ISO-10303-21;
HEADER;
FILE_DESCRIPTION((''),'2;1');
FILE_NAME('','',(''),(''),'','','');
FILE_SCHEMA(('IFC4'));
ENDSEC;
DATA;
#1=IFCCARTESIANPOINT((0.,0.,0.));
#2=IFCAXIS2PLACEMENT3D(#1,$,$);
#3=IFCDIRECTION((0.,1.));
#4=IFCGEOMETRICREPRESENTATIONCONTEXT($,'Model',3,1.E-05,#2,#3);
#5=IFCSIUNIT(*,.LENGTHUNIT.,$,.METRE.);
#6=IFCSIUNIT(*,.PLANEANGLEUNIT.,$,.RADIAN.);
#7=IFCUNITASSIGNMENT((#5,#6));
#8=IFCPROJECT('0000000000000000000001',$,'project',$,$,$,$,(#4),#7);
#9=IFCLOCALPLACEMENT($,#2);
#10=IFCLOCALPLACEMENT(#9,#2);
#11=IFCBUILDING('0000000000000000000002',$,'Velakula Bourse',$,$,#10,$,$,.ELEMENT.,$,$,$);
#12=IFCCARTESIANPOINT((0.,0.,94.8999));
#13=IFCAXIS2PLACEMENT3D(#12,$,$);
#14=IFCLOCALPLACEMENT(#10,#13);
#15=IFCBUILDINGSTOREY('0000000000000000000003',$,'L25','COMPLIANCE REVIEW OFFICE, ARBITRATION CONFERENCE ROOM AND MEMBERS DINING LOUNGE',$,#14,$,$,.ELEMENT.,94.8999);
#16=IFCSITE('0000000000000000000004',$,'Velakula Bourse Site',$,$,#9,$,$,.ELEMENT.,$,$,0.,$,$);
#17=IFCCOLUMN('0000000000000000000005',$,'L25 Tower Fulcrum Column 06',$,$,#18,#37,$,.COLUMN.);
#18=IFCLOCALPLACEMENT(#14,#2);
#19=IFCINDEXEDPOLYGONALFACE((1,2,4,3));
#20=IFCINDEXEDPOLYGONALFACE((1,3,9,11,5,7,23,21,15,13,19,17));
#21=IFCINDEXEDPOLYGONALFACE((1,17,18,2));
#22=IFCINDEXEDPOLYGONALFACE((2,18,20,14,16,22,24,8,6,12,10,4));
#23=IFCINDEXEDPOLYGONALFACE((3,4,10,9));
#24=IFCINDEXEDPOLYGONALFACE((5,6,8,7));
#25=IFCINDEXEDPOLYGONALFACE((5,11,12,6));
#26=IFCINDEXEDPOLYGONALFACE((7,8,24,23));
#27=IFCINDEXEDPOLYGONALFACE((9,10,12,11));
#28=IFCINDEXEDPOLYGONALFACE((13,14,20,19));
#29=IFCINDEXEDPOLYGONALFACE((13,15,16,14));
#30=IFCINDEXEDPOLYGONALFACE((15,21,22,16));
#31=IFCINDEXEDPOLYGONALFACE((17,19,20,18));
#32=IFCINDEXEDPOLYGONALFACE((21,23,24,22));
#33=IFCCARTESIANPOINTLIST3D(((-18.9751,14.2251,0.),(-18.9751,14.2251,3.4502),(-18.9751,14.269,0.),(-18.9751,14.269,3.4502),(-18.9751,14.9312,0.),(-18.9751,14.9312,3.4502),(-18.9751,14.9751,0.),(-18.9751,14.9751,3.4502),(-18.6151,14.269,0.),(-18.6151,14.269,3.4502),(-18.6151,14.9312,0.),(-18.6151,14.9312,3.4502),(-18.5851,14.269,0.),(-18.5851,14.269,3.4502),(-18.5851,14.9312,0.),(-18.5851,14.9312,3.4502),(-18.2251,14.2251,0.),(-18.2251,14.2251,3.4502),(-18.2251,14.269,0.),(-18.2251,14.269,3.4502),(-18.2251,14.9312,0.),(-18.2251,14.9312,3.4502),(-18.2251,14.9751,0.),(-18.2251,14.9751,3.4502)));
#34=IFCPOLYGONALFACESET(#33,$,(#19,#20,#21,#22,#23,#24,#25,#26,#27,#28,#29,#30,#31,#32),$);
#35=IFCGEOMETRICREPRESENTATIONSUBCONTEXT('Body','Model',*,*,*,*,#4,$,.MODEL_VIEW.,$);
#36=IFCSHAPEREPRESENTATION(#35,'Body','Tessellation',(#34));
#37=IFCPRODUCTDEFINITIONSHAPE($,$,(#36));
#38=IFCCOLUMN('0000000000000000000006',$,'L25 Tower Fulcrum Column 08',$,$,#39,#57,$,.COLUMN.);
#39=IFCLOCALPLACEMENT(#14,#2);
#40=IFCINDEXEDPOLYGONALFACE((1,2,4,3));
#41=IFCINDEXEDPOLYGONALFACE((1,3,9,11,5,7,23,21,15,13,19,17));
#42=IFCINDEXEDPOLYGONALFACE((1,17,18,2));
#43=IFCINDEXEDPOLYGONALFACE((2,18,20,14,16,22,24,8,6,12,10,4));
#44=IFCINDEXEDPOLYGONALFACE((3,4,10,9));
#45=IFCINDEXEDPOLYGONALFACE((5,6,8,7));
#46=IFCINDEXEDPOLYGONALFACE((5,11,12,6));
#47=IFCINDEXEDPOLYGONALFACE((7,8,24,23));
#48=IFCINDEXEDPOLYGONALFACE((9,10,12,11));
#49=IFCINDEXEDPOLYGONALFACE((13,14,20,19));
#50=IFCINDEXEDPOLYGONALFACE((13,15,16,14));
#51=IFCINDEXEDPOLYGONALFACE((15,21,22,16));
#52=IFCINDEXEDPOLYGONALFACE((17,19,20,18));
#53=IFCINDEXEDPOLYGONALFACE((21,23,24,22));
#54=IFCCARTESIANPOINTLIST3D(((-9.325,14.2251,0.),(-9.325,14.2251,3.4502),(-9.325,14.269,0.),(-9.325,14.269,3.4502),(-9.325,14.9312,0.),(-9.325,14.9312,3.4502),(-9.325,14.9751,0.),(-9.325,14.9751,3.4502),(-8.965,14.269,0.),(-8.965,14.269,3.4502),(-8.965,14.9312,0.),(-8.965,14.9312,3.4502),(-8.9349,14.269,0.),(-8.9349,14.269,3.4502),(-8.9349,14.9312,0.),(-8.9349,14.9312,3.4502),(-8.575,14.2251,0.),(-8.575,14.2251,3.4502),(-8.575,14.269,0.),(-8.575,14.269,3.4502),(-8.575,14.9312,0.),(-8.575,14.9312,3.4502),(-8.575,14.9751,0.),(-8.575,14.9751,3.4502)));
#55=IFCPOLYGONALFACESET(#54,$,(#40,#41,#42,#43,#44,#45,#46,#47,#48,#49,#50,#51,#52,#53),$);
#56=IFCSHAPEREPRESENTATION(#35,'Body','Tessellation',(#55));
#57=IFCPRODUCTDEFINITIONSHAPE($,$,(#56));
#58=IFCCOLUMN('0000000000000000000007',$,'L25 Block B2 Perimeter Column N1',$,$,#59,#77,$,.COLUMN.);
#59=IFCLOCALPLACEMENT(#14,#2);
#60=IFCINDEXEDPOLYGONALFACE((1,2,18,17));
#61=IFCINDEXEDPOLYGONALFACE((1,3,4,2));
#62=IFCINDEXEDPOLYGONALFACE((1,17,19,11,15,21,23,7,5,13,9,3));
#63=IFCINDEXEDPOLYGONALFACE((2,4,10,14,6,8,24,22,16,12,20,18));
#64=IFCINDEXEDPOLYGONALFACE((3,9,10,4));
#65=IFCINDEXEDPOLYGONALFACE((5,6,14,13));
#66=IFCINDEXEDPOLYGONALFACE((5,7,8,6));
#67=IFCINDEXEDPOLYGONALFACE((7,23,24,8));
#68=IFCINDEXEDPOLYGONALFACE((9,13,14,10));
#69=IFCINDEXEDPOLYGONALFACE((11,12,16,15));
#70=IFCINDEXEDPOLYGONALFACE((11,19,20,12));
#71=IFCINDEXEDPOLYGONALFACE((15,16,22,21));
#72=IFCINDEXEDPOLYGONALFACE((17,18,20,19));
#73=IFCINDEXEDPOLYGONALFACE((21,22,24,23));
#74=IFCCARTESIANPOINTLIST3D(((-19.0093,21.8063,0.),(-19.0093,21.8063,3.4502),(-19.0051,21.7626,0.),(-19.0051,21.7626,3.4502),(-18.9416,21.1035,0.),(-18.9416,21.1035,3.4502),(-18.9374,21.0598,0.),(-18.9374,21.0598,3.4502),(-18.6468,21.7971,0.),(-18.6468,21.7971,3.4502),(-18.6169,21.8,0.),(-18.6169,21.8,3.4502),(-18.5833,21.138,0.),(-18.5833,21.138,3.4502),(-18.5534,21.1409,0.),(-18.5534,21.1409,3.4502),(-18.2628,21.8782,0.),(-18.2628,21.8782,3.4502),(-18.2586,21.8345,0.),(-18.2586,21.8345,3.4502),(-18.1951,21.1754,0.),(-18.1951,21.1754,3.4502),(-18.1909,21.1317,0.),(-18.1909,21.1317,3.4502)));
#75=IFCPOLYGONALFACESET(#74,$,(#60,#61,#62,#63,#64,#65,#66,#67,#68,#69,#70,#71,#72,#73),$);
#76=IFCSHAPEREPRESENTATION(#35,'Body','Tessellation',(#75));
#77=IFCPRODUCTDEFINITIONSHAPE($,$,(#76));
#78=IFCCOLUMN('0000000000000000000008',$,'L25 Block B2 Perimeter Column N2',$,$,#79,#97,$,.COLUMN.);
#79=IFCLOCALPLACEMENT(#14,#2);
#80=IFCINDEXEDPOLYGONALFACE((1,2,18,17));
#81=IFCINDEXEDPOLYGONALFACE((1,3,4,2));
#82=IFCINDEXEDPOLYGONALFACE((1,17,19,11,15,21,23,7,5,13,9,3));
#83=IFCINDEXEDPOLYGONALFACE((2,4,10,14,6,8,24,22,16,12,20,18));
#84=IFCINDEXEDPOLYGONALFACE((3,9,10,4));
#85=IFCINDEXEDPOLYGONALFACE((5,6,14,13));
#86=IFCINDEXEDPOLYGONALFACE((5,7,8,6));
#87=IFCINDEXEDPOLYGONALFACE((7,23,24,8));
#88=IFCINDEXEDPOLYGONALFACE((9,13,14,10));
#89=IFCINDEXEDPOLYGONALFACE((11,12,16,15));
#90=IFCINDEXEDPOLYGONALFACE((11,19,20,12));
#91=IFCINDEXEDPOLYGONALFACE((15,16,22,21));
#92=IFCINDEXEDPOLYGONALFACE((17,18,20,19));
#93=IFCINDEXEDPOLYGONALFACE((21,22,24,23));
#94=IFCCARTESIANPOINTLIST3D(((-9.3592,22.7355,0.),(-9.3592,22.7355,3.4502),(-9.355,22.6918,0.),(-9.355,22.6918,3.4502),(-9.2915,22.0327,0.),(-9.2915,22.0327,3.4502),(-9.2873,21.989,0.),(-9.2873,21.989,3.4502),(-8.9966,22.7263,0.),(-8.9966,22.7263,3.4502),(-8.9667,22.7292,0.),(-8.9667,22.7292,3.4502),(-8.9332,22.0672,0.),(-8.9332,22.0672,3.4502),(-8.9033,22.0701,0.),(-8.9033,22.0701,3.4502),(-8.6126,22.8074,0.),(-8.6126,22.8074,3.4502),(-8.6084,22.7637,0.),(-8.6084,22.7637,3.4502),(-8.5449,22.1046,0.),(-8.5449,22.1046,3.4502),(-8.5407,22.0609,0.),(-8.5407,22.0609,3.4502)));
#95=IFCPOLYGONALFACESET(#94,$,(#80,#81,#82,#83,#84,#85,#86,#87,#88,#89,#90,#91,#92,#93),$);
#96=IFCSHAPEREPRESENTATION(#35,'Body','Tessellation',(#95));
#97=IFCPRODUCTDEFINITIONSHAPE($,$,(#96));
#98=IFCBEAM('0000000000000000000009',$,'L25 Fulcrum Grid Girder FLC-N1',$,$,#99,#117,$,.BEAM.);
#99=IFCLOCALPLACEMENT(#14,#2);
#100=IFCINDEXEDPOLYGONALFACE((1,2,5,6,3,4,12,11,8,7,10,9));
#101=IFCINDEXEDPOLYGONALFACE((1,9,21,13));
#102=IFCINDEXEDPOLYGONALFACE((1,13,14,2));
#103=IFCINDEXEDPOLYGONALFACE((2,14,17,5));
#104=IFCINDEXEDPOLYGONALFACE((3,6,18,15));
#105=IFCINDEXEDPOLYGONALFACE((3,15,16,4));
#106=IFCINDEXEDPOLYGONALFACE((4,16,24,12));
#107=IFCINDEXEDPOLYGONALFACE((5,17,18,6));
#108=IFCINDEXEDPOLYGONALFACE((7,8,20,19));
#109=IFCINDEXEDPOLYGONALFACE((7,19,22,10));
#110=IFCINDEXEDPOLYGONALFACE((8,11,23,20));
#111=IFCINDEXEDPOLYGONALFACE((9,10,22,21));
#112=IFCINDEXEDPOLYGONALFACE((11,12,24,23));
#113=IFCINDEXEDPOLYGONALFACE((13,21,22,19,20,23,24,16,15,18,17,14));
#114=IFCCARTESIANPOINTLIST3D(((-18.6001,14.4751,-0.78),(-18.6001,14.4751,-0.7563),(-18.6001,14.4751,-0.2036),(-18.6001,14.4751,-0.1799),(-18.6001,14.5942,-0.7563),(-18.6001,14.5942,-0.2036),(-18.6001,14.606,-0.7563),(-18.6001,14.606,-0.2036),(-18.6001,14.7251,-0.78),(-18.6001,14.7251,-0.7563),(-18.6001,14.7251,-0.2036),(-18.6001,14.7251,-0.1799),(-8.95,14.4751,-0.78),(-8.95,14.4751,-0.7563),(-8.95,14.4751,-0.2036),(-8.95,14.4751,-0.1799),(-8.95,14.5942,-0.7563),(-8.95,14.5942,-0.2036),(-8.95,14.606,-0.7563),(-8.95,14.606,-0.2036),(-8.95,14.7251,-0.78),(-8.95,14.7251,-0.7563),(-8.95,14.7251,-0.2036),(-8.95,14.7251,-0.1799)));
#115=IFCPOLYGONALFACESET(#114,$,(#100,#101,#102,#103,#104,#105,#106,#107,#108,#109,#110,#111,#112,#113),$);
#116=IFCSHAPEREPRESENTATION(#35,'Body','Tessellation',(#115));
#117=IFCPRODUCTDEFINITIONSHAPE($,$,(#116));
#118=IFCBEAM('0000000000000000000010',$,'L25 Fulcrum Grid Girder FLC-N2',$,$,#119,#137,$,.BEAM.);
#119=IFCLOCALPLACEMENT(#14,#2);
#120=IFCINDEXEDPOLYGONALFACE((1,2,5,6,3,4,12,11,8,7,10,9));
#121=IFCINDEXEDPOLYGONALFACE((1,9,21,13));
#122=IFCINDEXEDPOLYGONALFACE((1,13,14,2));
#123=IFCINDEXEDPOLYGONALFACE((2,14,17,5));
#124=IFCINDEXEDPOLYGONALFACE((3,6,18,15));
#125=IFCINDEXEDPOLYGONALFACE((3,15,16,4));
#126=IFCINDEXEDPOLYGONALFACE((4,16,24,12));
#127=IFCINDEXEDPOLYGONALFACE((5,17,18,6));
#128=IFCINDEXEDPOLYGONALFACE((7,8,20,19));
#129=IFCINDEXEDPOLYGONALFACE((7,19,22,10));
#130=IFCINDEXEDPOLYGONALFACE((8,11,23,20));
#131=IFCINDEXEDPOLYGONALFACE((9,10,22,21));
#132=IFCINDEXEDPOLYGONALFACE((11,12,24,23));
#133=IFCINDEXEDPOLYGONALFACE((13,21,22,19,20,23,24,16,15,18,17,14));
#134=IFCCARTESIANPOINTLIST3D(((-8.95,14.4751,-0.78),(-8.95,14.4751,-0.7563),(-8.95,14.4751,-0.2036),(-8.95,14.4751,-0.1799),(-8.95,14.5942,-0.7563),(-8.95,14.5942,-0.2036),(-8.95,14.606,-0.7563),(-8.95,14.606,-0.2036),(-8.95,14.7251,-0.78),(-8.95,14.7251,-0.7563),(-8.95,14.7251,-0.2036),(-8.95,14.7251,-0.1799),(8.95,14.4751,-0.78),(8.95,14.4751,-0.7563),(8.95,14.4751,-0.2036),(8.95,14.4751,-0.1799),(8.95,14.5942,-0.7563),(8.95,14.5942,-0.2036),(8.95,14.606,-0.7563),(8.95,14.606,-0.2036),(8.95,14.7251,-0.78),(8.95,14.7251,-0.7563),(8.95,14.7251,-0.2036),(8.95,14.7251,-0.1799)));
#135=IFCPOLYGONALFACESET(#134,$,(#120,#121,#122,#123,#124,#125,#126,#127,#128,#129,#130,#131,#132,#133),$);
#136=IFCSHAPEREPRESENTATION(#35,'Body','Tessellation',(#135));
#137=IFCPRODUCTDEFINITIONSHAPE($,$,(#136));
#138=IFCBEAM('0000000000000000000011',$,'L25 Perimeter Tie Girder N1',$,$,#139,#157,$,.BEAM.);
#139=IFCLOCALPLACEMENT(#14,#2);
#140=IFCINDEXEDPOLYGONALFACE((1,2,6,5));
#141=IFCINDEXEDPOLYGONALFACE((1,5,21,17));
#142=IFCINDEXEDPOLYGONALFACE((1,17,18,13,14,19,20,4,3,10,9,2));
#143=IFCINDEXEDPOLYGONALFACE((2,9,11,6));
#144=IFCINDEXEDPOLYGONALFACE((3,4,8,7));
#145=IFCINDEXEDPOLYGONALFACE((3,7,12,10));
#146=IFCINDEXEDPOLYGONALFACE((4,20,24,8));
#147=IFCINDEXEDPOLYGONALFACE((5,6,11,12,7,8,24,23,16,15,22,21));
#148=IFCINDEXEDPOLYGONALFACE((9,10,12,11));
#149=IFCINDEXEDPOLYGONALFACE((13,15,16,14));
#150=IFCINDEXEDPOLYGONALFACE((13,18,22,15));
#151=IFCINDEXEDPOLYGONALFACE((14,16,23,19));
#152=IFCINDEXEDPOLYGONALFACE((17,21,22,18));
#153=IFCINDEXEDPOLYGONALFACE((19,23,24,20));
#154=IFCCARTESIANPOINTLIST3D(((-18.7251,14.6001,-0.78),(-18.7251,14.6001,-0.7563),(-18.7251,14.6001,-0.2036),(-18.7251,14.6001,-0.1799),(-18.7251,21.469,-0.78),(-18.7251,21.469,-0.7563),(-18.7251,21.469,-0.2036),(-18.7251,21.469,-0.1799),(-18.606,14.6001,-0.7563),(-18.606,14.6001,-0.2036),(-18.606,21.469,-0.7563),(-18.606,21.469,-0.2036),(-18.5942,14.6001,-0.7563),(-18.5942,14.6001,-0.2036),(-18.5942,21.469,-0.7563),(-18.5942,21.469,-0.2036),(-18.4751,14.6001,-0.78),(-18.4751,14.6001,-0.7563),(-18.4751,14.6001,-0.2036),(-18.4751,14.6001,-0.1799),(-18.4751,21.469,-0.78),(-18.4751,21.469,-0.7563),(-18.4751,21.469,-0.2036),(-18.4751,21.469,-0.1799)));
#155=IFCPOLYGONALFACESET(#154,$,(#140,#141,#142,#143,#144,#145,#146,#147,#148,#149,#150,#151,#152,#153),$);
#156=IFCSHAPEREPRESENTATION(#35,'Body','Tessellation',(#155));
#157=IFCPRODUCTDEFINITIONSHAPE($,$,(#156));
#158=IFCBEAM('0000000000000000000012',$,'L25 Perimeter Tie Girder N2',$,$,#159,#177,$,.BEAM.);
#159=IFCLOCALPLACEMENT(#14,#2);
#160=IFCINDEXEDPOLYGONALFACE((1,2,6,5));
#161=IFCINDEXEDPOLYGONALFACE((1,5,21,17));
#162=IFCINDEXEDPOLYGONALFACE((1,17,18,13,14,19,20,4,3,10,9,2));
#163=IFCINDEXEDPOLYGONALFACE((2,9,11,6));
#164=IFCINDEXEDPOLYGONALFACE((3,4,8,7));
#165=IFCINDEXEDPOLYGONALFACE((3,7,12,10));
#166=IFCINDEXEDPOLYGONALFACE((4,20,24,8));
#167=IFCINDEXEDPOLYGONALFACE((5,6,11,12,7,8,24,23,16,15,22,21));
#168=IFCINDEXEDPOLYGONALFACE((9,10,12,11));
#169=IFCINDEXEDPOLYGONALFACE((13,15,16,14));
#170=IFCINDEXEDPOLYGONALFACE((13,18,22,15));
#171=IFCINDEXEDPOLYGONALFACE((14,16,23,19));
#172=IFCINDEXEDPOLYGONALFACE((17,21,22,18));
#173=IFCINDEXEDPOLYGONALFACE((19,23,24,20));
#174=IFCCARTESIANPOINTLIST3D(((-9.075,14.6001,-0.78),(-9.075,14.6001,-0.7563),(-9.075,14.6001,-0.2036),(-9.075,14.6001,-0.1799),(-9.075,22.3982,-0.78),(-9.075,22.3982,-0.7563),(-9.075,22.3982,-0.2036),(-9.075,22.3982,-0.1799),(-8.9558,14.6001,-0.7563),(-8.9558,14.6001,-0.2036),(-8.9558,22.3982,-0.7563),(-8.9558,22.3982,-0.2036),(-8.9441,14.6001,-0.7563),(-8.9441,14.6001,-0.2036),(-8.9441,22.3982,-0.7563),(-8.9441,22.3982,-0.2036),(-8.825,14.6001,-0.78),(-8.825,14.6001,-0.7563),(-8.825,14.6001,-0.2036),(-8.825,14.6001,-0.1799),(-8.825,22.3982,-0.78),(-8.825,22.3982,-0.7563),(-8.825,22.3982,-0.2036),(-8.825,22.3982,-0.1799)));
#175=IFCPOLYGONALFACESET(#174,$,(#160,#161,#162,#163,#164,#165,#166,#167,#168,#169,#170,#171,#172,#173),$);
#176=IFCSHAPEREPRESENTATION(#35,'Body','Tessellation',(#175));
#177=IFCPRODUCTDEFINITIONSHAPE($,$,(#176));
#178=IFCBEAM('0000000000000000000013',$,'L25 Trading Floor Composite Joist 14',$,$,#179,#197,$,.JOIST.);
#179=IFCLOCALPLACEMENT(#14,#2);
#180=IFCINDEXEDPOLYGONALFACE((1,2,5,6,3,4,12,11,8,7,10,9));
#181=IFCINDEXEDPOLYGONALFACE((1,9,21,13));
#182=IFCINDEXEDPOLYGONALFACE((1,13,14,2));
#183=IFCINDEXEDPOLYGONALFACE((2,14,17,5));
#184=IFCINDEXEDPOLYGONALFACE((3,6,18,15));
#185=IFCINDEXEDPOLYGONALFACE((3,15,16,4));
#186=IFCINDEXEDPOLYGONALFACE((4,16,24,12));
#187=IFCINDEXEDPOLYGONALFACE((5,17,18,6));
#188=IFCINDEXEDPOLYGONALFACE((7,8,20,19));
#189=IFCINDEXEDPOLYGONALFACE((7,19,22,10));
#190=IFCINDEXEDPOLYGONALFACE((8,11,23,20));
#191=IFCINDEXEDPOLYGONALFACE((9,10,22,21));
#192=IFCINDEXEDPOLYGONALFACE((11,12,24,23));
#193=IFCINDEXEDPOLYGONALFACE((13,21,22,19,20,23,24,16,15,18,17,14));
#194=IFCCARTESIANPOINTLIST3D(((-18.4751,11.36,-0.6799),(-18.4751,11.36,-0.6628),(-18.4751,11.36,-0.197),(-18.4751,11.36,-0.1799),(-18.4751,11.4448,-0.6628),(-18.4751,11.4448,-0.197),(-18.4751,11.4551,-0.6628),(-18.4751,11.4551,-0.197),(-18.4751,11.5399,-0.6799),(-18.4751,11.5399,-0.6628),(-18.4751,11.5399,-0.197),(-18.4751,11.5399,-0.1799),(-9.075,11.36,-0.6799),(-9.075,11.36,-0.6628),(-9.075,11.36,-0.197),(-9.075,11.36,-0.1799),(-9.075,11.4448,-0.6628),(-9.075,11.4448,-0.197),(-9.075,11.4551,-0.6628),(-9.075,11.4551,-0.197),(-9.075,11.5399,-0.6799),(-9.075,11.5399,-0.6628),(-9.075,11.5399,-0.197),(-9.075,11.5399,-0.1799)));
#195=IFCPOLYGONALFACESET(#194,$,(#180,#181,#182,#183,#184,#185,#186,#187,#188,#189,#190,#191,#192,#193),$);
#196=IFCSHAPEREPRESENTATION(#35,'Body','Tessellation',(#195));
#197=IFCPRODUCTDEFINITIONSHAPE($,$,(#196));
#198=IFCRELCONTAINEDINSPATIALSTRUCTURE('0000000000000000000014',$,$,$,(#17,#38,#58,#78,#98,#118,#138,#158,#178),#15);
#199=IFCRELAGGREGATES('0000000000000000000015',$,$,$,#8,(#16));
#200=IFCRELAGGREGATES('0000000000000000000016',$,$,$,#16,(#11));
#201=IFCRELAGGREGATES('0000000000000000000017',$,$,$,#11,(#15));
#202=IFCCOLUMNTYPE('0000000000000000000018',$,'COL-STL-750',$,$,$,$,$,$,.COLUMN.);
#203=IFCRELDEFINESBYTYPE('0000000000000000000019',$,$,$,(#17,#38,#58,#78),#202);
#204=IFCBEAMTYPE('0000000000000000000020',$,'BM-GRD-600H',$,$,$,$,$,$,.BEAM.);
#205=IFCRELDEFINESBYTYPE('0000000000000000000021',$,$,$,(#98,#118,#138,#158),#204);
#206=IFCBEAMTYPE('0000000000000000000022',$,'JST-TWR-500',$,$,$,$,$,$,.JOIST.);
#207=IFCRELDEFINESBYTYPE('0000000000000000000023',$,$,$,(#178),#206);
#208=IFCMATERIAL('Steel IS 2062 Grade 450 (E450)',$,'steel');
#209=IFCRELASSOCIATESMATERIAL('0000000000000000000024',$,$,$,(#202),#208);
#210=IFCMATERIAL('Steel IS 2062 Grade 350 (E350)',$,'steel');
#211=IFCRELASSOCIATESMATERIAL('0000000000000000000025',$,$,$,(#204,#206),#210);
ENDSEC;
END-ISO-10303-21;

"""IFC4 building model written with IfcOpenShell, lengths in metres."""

from ifc_helpers import new_model, si_unit, direction, frame, origin, origin_2d, place, context, subcontext, project, spatial, i_section, extrude, material, material_profile, profile_set, type_object, element, save


model = new_model("IFC4")

# Units and contexts
model_context = context("Model", 3, precision=1e-05, world=origin(), true_north=direction((0.0, 1.0)))
body_context = subcontext(model_context, "Body", "Model", "MODEL_VIEW")
ifc_project = project(units=[si_unit("LENGTHUNIT", "METRE"), si_unit("PLANEANGLEUNIT", "RADIAN")], contexts=[model_context])

# Site, building, storey
site_placement = place(None, origin())
site = spatial("IfcSite", under=ifc_project, at=site_placement, Name="Velakula Bourse Site", CompositionType="ELEMENT", RefElevation=0.0)
building_placement = place(site_placement, origin())
building = spatial("IfcBuilding", under=site, at=building_placement, Name="Velakula Bourse", CompositionType="ELEMENT")
storey_placement = place(building_placement, frame((0.0, 0.0, 94.8999)))
storey = spatial("IfcBuildingStorey", under=building, at=storey_placement, Name="L25", Description="COMPLIANCE REVIEW OFFICE, ARBITRATION CONFERENCE ROOM AND MEMBERS DINING LOUNGE", CompositionType="ELEMENT", Elevation=94.8999)

# Columns
ifc_material_1 = material(Name="Steel IS 2062 Grade 450 (E450)", Category="steel")
ifc_material_profile_1 = material_profile(ifc_material_1, i_section(OverallWidth=0.75, OverallDepth=0.75, WebThickness=0.03, FlangeThickness=0.0439, at=origin_2d()), Name="Steel IS 2062 Grade 450 (E450)")
ifc_profile_set_1 = profile_set([ifc_material_profile_1], Name="Steel IS 2062 Grade 450 (E450)")
column_type = type_object("IfcColumnType", Name="COL-STL-750", PredefinedType="COLUMN", material=ifc_profile_set_1)
for number, where, z_axis, x_axis, name in (
    (1, (-18.6001, 14.6001, 0.0), (0.0, 0.0, 1.0), (1.0, 0.0, 0.0), "L25 Tower Fulcrum Column 06"),
    (2, (-8.95, 14.6001, 0.0), (0.0, 0.0, 1.0), (1.0, 0.0, 0.0), "L25 Tower Fulcrum Column 08"),
    (3, (-18.6001, 21.469, 0.0), (0.0, 0.0, 1.0), (0.995396, 0.095846, 0.0), "L25 Block B2 Perimeter Column N1"),
    (4, (-8.95, 22.3982, 0.0), (0.0, 0.0, 1.0), (0.995396, 0.095846, 0.0), "L25 Block B2 Perimeter Column N2"),
):
    element("IfcColumn", number, at=place(storey_placement, frame(where, z_axis=z_axis, x_axis=x_axis)), inside=storey, type_object=column_type, Name=name, PredefinedType="COLUMN", context=body_context, shape_type="SweptSolid", body=[
        extrude(i_section(OverallWidth=0.75, OverallDepth=0.75, WebThickness=0.03, FlangeThickness=0.0439, at=origin_2d()), origin(), (0.0, 0.0, 1.0), 3.4502),
    ])

# Beams
ifc_material_2 = material(Name="Steel IS 2062 Grade 350 (E350)", Category="steel")
ifc_material_profile_2 = material_profile(ifc_material_2, i_section(OverallWidth=0.25, OverallDepth=0.6001, WebThickness=0.0117, FlangeThickness=0.0237, at=origin_2d()), Name="Steel IS 2062 Grade 350 (E350)")
ifc_profile_set_2 = profile_set([ifc_material_profile_2], Name="Steel IS 2062 Grade 350 (E350)")
beam_type_1 = type_object("IfcBeamType", Name="BM-GRD-600H", PredefinedType="BEAM", material=ifc_profile_set_2)
beam_1_placement = place(storey_placement, frame((-18.6001, 14.6001, -0.48), z_axis=(1.0, 0.0, 0.0), x_axis=(0.0, 1.0, 0.0)))
element("IfcBeam", 5, at=beam_1_placement, inside=storey, type_object=beam_type_1, Name="L25 Fulcrum Grid Girder FLC-N1", PredefinedType="BEAM", context=body_context, shape_type="SweptSolid", body=[
    extrude(i_section(OverallWidth=0.25, OverallDepth=0.6001, WebThickness=0.0117, FlangeThickness=0.0237, at=origin_2d()), origin(), (0.0, 0.0, 1.0), 9.6501),
])
beam_2_placement = place(storey_placement, frame((-8.95, 14.6001, -0.48), z_axis=(1.0, 0.0, 0.0), x_axis=(0.0, 1.0, 0.0)))
element("IfcBeam", 6, at=beam_2_placement, inside=storey, type_object=beam_type_1, Name="L25 Fulcrum Grid Girder FLC-N2", PredefinedType="BEAM", context=body_context, shape_type="SweptSolid", body=[
    extrude(i_section(OverallWidth=0.25, OverallDepth=0.6001, WebThickness=0.0117, FlangeThickness=0.0237, at=origin_2d()), origin(), (0.0, 0.0, 1.0), 17.8999),
])
beam_3_placement = place(storey_placement, frame((-18.6001, 14.6001, -0.48), z_axis=(0.0, 1.0, 0.0), x_axis=(-1.0, 0.0, 0.0)))
element("IfcBeam", 7, at=beam_3_placement, inside=storey, type_object=beam_type_1, Name="L25 Perimeter Tie Girder N1", PredefinedType="BEAM", context=body_context, shape_type="SweptSolid", body=[
    extrude(i_section(OverallWidth=0.25, OverallDepth=0.6001, WebThickness=0.0117, FlangeThickness=0.0237, at=origin_2d()), origin(), (0.0, 0.0, 1.0), 6.8689),
])
beam_4_placement = place(storey_placement, frame((-8.95, 14.6001, -0.48), z_axis=(0.0, 1.0, 0.0), x_axis=(-1.0, 0.0, 0.0)))
element("IfcBeam", 8, at=beam_4_placement, inside=storey, type_object=beam_type_1, Name="L25 Perimeter Tie Girder N2", PredefinedType="BEAM", context=body_context, shape_type="SweptSolid", body=[
    extrude(i_section(OverallWidth=0.25, OverallDepth=0.6001, WebThickness=0.0117, FlangeThickness=0.0237, at=origin_2d()), origin(), (0.0, 0.0, 1.0), 7.7981),
])
ifc_material_profile_3 = material_profile(ifc_material_2, i_section(OverallWidth=0.1799, OverallDepth=0.5, WebThickness=0.0103, FlangeThickness=0.0171, at=origin_2d()), Name="Steel IS 2062 Grade 350 (E350)")
ifc_profile_set_3 = profile_set([ifc_material_profile_3], Name="Steel IS 2062 Grade 350 (E350)")
beam_type_2 = type_object("IfcBeamType", Name="JST-TWR-500", PredefinedType="JOIST", material=ifc_profile_set_3)
beam_5_placement = place(storey_placement, frame((-18.4751, 11.45, -0.4299), z_axis=(1.0, 0.0, 0.0), x_axis=(0.0, 1.0, 0.0)))
element("IfcBeam", 9, at=beam_5_placement, inside=storey, type_object=beam_type_2, Name="L25 Trading Floor Composite Joist 14", PredefinedType="JOIST", context=body_context, shape_type="SweptSolid", body=[
    extrude(i_section(OverallWidth=0.1799, OverallDepth=0.5, WebThickness=0.0103, FlangeThickness=0.0171, at=origin_2d()), origin(), (0.0, 0.0, 1.0), 9.4001),
])

save(model, "model.ifc")
